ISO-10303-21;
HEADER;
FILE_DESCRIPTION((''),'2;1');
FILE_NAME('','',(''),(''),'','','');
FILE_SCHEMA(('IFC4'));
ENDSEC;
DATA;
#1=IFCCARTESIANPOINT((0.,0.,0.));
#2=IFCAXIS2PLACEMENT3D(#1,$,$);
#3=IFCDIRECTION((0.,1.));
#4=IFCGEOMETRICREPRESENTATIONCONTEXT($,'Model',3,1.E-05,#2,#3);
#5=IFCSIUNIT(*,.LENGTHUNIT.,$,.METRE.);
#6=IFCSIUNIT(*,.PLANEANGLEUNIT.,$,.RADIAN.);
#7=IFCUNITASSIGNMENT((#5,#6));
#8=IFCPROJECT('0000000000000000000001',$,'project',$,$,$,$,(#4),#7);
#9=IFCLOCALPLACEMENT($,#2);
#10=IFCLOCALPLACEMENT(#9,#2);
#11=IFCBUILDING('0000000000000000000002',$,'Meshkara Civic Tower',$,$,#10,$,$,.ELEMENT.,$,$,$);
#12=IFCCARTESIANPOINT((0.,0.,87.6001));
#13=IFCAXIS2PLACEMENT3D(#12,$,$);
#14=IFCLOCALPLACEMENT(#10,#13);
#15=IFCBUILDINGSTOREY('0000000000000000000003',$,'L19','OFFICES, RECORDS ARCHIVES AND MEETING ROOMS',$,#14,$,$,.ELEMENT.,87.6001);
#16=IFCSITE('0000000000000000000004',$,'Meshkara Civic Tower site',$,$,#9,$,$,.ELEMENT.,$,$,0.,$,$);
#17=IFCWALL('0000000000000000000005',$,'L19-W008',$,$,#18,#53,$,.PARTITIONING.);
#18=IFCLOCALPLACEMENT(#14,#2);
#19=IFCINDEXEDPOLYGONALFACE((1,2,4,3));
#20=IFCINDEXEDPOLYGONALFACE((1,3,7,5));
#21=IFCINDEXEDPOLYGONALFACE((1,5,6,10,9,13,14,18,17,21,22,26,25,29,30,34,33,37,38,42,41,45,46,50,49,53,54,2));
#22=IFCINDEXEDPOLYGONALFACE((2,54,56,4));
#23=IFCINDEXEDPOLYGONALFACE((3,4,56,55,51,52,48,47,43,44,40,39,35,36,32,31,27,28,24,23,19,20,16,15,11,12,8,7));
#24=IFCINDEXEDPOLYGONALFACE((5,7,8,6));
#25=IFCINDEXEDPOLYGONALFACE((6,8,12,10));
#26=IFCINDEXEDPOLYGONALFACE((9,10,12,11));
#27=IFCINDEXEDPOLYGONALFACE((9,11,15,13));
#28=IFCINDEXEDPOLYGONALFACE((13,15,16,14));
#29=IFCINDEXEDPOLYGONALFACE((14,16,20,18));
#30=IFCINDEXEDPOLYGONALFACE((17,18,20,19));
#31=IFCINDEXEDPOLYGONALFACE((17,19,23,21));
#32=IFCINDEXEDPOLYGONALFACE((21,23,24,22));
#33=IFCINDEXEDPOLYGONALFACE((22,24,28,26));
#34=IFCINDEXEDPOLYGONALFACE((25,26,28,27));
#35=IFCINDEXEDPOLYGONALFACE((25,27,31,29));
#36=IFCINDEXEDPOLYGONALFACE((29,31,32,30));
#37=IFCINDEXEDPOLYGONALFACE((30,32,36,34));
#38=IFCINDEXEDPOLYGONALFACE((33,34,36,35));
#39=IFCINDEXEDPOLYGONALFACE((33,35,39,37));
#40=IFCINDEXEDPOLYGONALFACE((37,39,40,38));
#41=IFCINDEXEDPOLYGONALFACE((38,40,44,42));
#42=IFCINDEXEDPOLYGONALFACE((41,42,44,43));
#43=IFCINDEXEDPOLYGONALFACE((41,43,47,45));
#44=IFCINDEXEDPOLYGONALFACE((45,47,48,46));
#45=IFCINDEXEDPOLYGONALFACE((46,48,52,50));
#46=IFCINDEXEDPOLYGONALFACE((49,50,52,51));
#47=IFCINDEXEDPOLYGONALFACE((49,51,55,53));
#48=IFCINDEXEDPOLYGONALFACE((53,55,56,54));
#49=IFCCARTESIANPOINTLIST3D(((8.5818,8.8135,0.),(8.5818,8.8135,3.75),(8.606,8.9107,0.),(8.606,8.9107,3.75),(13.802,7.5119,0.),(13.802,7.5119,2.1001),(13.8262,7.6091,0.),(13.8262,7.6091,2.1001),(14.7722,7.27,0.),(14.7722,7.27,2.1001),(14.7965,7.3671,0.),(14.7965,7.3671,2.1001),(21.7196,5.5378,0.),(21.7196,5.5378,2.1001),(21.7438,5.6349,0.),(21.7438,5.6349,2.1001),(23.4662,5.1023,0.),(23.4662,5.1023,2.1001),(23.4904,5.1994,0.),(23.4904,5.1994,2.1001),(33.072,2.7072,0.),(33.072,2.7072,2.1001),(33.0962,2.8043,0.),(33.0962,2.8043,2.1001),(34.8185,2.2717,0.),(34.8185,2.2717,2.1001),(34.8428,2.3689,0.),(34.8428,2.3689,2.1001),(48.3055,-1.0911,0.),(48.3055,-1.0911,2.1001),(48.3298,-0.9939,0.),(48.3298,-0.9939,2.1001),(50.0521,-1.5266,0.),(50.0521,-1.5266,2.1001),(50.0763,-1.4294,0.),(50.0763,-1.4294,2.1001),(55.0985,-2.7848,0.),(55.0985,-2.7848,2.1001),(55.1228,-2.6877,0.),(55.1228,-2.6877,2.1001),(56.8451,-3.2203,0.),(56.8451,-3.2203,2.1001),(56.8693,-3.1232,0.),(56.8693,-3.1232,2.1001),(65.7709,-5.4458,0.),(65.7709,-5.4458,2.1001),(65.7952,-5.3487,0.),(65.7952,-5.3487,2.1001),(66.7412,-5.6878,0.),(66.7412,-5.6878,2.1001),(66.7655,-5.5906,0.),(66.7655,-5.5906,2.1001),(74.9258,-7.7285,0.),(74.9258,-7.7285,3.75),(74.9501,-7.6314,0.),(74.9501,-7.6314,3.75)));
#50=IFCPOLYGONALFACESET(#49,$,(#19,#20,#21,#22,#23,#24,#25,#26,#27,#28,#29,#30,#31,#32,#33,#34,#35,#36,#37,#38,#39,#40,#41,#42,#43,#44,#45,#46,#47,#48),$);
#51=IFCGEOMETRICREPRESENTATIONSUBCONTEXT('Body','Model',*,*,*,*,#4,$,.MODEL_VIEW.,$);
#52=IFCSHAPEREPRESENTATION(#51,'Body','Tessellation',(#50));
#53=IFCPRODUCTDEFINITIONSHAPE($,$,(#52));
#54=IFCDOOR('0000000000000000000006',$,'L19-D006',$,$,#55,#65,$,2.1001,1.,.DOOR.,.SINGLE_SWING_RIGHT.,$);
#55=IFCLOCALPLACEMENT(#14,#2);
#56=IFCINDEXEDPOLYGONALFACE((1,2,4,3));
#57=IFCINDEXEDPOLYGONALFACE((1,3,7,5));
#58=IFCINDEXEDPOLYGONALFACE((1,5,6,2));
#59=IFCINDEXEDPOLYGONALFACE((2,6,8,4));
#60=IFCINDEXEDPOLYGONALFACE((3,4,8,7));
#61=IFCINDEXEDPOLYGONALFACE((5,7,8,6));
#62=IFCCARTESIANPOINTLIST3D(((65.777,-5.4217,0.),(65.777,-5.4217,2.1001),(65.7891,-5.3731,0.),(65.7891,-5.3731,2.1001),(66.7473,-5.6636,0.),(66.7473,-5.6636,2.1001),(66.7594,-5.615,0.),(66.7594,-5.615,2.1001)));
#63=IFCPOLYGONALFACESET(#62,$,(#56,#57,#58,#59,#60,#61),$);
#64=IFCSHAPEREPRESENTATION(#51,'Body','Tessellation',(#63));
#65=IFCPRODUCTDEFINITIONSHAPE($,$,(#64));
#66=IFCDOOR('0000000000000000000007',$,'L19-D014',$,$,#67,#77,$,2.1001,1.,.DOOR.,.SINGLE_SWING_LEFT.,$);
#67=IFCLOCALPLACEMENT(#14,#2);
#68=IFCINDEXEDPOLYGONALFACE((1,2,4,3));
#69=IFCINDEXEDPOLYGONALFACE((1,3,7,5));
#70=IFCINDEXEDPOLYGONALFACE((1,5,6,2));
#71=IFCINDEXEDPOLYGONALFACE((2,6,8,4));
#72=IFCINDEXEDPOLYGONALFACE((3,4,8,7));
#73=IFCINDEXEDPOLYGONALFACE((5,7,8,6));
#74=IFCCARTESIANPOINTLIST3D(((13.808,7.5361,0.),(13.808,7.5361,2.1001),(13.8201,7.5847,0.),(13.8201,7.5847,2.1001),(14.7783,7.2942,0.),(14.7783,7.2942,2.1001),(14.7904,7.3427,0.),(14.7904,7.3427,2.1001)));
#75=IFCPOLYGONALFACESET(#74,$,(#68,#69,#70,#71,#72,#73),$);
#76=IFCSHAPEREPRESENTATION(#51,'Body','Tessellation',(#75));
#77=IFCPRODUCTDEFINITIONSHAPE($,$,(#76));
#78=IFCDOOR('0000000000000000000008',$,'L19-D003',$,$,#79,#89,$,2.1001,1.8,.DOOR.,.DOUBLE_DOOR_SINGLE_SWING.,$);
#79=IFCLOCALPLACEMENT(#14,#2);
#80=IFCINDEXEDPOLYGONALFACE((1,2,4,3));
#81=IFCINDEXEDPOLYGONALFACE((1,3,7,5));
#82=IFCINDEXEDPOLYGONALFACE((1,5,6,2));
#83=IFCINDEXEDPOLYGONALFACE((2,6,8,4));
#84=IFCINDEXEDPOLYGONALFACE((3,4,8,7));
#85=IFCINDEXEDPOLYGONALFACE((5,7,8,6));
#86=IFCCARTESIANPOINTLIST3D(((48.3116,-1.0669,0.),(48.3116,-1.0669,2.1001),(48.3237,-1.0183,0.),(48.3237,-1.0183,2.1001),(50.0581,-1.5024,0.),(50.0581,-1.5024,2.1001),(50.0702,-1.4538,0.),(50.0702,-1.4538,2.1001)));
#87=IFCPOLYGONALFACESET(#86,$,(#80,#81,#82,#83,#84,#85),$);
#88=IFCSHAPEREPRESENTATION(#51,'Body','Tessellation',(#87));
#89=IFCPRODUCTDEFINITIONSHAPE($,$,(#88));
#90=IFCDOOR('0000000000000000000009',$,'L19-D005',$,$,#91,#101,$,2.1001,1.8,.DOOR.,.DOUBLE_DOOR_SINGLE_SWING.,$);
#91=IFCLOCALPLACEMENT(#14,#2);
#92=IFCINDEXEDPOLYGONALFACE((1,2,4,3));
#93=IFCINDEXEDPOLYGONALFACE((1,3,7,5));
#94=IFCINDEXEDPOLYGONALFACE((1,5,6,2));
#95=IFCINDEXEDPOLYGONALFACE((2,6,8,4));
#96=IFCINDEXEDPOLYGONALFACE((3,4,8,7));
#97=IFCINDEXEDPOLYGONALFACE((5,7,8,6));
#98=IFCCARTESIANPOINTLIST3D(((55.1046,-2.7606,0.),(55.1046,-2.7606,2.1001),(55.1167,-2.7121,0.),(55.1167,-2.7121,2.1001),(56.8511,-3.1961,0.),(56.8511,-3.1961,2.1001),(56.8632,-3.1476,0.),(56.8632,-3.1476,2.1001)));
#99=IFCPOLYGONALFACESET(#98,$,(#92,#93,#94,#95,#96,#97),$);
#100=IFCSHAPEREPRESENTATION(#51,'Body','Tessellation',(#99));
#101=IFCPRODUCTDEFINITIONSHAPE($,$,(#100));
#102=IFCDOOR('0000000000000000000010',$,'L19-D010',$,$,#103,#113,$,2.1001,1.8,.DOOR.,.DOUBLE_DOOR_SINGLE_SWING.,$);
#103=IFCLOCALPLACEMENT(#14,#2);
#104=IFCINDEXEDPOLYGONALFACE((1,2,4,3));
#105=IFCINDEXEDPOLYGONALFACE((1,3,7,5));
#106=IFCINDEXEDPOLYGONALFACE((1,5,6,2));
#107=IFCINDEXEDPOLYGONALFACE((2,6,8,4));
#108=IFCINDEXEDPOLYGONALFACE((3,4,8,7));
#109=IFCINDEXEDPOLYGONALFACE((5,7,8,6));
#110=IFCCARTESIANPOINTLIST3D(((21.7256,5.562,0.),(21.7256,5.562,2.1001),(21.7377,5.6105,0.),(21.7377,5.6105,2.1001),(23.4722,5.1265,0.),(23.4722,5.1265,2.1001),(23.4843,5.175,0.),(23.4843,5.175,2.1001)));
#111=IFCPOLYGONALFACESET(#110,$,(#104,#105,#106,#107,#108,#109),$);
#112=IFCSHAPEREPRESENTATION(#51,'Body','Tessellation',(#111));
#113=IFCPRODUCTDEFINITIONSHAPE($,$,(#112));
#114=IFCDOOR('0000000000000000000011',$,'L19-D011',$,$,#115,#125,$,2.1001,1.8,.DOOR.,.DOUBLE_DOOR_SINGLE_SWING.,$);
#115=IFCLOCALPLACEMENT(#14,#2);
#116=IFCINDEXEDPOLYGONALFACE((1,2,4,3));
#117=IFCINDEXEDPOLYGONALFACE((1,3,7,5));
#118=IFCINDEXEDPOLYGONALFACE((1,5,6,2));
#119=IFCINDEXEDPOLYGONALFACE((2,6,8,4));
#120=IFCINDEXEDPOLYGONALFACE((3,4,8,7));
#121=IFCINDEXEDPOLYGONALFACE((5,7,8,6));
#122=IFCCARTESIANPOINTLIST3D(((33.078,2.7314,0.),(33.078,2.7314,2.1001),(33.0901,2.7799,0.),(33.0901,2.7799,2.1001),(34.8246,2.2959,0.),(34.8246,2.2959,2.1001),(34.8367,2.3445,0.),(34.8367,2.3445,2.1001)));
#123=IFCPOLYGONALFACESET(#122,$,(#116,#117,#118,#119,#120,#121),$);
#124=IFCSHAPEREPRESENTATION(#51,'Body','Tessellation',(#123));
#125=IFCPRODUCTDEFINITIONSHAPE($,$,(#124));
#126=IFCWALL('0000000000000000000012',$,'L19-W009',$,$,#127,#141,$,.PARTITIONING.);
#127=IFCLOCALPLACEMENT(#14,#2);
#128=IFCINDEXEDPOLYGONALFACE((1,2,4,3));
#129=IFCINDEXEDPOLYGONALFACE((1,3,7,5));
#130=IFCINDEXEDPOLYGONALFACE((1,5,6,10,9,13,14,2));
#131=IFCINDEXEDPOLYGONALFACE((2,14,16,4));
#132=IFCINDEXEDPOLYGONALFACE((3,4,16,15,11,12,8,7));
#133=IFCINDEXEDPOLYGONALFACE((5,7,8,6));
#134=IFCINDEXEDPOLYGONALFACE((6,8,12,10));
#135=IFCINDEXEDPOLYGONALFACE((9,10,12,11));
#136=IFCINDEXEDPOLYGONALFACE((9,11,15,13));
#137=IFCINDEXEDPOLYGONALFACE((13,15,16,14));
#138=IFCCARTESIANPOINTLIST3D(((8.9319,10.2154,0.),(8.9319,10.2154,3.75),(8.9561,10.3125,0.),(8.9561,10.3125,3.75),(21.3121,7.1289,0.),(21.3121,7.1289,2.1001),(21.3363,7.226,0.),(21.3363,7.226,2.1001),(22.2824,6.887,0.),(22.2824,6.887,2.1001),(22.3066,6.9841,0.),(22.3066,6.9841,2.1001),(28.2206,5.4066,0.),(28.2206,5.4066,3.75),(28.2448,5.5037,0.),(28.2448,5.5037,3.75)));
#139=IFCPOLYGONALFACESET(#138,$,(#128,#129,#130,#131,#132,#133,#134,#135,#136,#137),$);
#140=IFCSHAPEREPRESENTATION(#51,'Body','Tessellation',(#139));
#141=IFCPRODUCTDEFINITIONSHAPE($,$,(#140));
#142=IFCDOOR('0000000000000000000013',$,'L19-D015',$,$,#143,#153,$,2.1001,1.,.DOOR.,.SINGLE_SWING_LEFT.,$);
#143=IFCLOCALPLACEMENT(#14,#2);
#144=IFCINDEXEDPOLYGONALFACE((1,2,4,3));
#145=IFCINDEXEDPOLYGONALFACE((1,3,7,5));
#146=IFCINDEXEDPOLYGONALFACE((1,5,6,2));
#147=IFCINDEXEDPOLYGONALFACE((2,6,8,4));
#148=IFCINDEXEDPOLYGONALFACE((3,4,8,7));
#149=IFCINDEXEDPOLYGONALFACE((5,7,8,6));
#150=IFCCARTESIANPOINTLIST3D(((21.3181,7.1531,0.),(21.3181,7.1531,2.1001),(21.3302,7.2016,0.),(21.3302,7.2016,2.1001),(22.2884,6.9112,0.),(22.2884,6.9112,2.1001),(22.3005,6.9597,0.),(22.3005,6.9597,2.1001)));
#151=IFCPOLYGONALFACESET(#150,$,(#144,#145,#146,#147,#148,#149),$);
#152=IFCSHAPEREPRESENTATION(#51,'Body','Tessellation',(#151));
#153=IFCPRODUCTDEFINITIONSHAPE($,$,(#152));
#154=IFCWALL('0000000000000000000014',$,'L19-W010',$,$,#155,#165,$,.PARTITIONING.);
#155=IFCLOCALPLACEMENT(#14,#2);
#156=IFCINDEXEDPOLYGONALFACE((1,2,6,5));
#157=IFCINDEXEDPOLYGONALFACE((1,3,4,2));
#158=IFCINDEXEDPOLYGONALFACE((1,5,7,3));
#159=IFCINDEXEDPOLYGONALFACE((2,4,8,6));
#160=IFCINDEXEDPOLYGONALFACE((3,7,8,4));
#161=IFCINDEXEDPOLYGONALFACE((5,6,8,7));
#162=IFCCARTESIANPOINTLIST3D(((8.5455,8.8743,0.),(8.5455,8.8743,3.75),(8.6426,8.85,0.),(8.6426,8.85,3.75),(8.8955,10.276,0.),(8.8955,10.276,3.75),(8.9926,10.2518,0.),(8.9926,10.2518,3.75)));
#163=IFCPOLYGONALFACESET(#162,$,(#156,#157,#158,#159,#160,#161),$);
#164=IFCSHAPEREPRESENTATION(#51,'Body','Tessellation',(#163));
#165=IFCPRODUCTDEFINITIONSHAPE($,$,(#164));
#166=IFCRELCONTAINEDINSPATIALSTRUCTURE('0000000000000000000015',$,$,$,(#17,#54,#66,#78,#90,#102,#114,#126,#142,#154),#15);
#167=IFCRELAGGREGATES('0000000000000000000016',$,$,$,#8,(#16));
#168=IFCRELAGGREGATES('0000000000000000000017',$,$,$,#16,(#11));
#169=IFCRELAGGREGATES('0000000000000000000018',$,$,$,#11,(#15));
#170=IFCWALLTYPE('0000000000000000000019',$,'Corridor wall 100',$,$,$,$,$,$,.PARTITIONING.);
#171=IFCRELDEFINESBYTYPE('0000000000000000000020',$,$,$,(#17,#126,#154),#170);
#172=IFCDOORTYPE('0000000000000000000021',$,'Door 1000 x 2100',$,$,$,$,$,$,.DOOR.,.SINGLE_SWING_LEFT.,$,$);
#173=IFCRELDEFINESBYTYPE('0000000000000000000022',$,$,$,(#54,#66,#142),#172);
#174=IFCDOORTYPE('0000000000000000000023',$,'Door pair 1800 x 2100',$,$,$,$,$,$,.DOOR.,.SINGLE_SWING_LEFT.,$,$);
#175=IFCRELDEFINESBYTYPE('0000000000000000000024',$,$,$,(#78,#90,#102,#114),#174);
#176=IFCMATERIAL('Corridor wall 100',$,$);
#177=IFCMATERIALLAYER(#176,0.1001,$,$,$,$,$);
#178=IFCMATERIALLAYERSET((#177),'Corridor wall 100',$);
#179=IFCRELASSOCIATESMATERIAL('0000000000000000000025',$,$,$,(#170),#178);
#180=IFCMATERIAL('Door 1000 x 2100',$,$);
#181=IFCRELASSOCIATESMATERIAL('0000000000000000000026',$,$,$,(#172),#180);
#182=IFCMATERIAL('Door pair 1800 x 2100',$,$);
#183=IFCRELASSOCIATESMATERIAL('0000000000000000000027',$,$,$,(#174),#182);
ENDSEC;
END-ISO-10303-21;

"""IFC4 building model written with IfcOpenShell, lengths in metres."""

from ifc_helpers import new_model, si_unit, direction, frame, frame_2d, origin, place, context, subcontext, project, spatial, rectangle, extrude, material, layer, layer_set, type_object, element, fill, save


model = new_model("IFC4")

# Units and contexts
model_context = context("Model", 3, precision=1e-05, world=origin(), true_north=direction((0.0, 1.0)))
body_context = subcontext(model_context, "Body", "Model", "MODEL_VIEW")
ifc_project = project(units=[si_unit("LENGTHUNIT", "METRE"), si_unit("PLANEANGLEUNIT", "RADIAN")], contexts=[model_context])

# Site, building, storey
site_placement = place(None, origin())
site = spatial("IfcSite", under=ifc_project, at=site_placement, Name="Meshkara Civic Tower site", CompositionType="ELEMENT", RefElevation=0.0)
building_placement = place(site_placement, origin())
building = spatial("IfcBuilding", under=site, at=building_placement, Name="Meshkara Civic Tower", CompositionType="ELEMENT")
storey_placement = place(building_placement, frame((0.0, 0.0, 87.6001)))
storey = spatial("IfcBuildingStorey", under=building, at=storey_placement, Name="L19", Description="OFFICES, RECORDS ARCHIVES AND MEETING ROOMS", CompositionType="ELEMENT", Elevation=87.6001)

# Shared definitions
ifc_material_1 = material(Name="Corridor wall 100")
ifc_layer_1 = layer(ifc_material_1, 0.1001)
ifc_layer_set_1 = layer_set([ifc_layer_1], Name="Corridor wall 100")
wall_type_1 = type_object("IfcWallType", Name="Corridor wall 100", PredefinedType="PARTITIONING", material=ifc_layer_set_1)
ifc_material_2 = material(Name="Door 1000 x 2100")
door_type_1 = type_object("IfcDoorType", Name="Door 1000 x 2100", OperationType="SINGLE_SWING_LEFT", PredefinedType="DOOR", material=ifc_material_2)

# Wall, openings, doors
wall_1_placement = place(storey_placement, frame((8.594, 8.8621, 0.0), z_axis=(0.0, 0.0, 1.0), x_axis=(0.970294, -0.24193, 0.0)))
wall_1 = element("IfcWall", 1, at=wall_1_placement, inside=storey, type_object=wall_type_1, Name="L19-W008", PredefinedType="PARTITIONING", context=body_context, shape_type="SweptSolid", body=[
    extrude(rectangle(XDim=68.3752, YDim=0.1001, at=frame_2d((34.1875, 0.0))), origin(), (0.0, 0.0, 1.0), 3.75),
])
opening_1_placement = place(wall_1_placement, frame((40.9399, 0.0, 0.0)))
opening_1 = element("IfcOpeningElement", 2, at=opening_1_placement, cuts=wall_1, PredefinedType="OPENING", context=body_context, shape_type="SweptSolid", body=[
    extrude(rectangle(XDim=1.8, YDim=2.1001, at=frame_2d((0.8999, 1.05))), frame((0.0, 0.0601, 0.0), z_axis=(0.0, -1.0, 0.0), x_axis=(1.0, 0.0, 0.0)), (0.0, 0.0, 1.0), 0.1201),
])
opening_2_placement = place(wall_1_placement, frame((47.9409, 0.0, 0.0)))
opening_2 = element("IfcOpeningElement", 3, at=opening_2_placement, cuts=wall_1, PredefinedType="OPENING", context=body_context, shape_type="SweptSolid", body=[
    extrude(rectangle(XDim=1.8, YDim=2.1001, at=frame_2d((0.8999, 1.05))), frame((0.0, 0.0601, 0.0), z_axis=(0.0, -1.0, 0.0), x_axis=(1.0, 0.0, 0.0)), (0.0, 0.0, 1.0), 0.1201),
])
opening_3_placement = place(wall_1_placement, frame((58.9399, 0.0, 0.0)))
opening_3 = element("IfcOpeningElement", 4, at=opening_3_placement, cuts=wall_1, PredefinedType="OPENING", context=body_context, shape_type="SweptSolid", body=[
    extrude(rectangle(XDim=1.0, YDim=2.1001, at=frame_2d((0.5, 1.05))), frame((0.0, 0.0601, 0.0), z_axis=(0.0, -1.0, 0.0), x_axis=(1.0, 0.0, 0.0)), (0.0, 0.0, 1.0), 0.1201),
])
opening_4_placement = place(wall_1_placement, frame((13.54, 0.0, 0.0)))
opening_4 = element("IfcOpeningElement", 5, at=opening_4_placement, cuts=wall_1, PredefinedType="OPENING", context=body_context, shape_type="SweptSolid", body=[
    extrude(rectangle(XDim=1.8, YDim=2.1001, at=frame_2d((0.8999, 1.05))), frame((0.0, 0.0601, 0.0), z_axis=(0.0, -1.0, 0.0), x_axis=(1.0, 0.0, 0.0)), (0.0, 0.0, 1.0), 0.1201),
])
opening_5_placement = place(wall_1_placement, frame((25.24, 0.0, 0.0)))
opening_5 = element("IfcOpeningElement", 6, at=opening_5_placement, cuts=wall_1, PredefinedType="OPENING", context=body_context, shape_type="SweptSolid", body=[
    extrude(rectangle(XDim=1.8, YDim=2.1001, at=frame_2d((0.8999, 1.05))), frame((0.0, 0.0601, 0.0), z_axis=(0.0, -1.0, 0.0), x_axis=(1.0, 0.0, 0.0)), (0.0, 0.0, 1.0), 0.1201),
])
opening_6_placement = place(wall_1_placement, frame((5.3799, 0.0, 0.0)))
opening_6 = element("IfcOpeningElement", 7, at=opening_6_placement, cuts=wall_1, PredefinedType="OPENING", context=body_context, shape_type="SweptSolid", body=[
    extrude(rectangle(XDim=1.0, YDim=2.1001, at=frame_2d((0.5, 1.05))), frame((0.0, 0.0601, 0.0), z_axis=(0.0, -1.0, 0.0), x_axis=(1.0, 0.0, 0.0)), (0.0, 0.0, 1.0), 0.1201),
])
door_1_placement = place(opening_3_placement, origin())
door_1 = element("IfcDoor", 8, at=door_1_placement, inside=storey, type_object=door_type_1, Name="L19-D006", OperationType="SINGLE_SWING_RIGHT", OverallHeight=2.1001, OverallWidth=1.0, PredefinedType="DOOR", context=body_context, shape_type="SweptSolid", body=[
    extrude(rectangle(XDim=1.0, YDim=2.1001, at=frame_2d((0.5, 1.05))), frame((0.0, 0.0249, 0.0), z_axis=(0.0, -1.0, 0.0), x_axis=(1.0, 0.0, 0.0)), (0.0, 0.0, 1.0), 0.05),
])
fill(opening_3, door_1)
door_2_placement = place(opening_6_placement, origin())
door_2 = element("IfcDoor", 9, at=door_2_placement, inside=storey, type_object=door_type_1, Name="L19-D014", OperationType="SINGLE_SWING_LEFT", OverallHeight=2.1001, OverallWidth=1.0, PredefinedType="DOOR", context=body_context, shape_type="SweptSolid", body=[
    extrude(rectangle(XDim=1.0, YDim=2.1001, at=frame_2d((0.5, 1.05))), frame((0.0, 0.0249, 0.0), z_axis=(0.0, -1.0, 0.0), x_axis=(1.0, 0.0, 0.0)), (0.0, 0.0, 1.0), 0.05),
])
fill(opening_6, door_2)
ifc_material_3 = material(Name="Door pair 1800 x 2100")
door_type_2 = type_object("IfcDoorType", Name="Door pair 1800 x 2100", OperationType="SINGLE_SWING_LEFT", PredefinedType="DOOR", material=ifc_material_3)
door_3_placement = place(opening_1_placement, origin())
door_3 = element("IfcDoor", 10, at=door_3_placement, inside=storey, type_object=door_type_2, Name="L19-D003", OperationType="DOUBLE_DOOR_SINGLE_SWING", OverallHeight=2.1001, OverallWidth=1.8, PredefinedType="DOOR", context=body_context, shape_type="SweptSolid", body=[
    extrude(rectangle(XDim=1.8, YDim=2.1001, at=frame_2d((0.8999, 1.05))), frame((0.0, 0.0249, 0.0), z_axis=(0.0, -1.0, 0.0), x_axis=(1.0, 0.0, 0.0)), (0.0, 0.0, 1.0), 0.05),
])
fill(opening_1, door_3)
door_4_placement = place(opening_2_placement, origin())
door_4 = element("IfcDoor", 11, at=door_4_placement, inside=storey, type_object=door_type_2, Name="L19-D005", OperationType="DOUBLE_DOOR_SINGLE_SWING", OverallHeight=2.1001, OverallWidth=1.8, PredefinedType="DOOR", context=body_context, shape_type="SweptSolid", body=[
    extrude(rectangle(XDim=1.8, YDim=2.1001, at=frame_2d((0.8999, 1.05))), frame((0.0, 0.0249, 0.0), z_axis=(0.0, -1.0, 0.0), x_axis=(1.0, 0.0, 0.0)), (0.0, 0.0, 1.0), 0.05),
])
fill(opening_2, door_4)
door_5_placement = place(opening_4_placement, origin())
door_5 = element("IfcDoor", 12, at=door_5_placement, inside=storey, type_object=door_type_2, Name="L19-D010", OperationType="DOUBLE_DOOR_SINGLE_SWING", OverallHeight=2.1001, OverallWidth=1.8, PredefinedType="DOOR", context=body_context, shape_type="SweptSolid", body=[
    extrude(rectangle(XDim=1.8, YDim=2.1001, at=frame_2d((0.8999, 1.05))), frame((0.0, 0.0249, 0.0), z_axis=(0.0, -1.0, 0.0), x_axis=(1.0, 0.0, 0.0)), (0.0, 0.0, 1.0), 0.05),
])
fill(opening_4, door_5)
door_6_placement = place(opening_5_placement, origin())
door_6 = element("IfcDoor", 13, at=door_6_placement, inside=storey, type_object=door_type_2, Name="L19-D011", OperationType="DOUBLE_DOOR_SINGLE_SWING", OverallHeight=2.1001, OverallWidth=1.8, PredefinedType="DOOR", context=body_context, shape_type="SweptSolid", body=[
    extrude(rectangle(XDim=1.8, YDim=2.1001, at=frame_2d((0.8999, 1.05))), frame((0.0, 0.0249, 0.0), z_axis=(0.0, -1.0, 0.0), x_axis=(1.0, 0.0, 0.0)), (0.0, 0.0, 1.0), 0.05),
])
fill(opening_5, door_6)

# Wall, opening, door
wall_2_placement = place(storey_placement, frame((8.9441, 10.2639, 0.0), z_axis=(0.0, 0.0, 1.0), x_axis=(0.970301, -0.241903, 0.0)))
wall_2 = element("IfcWall", 14, at=wall_2_placement, inside=storey, type_object=wall_type_1, Name="L19-W009", PredefinedType="PARTITIONING", context=body_context, shape_type="SweptSolid", body=[
    extrude(rectangle(XDim=19.8792, YDim=0.1001, at=frame_2d((9.9395, 0.0))), origin(), (0.0, 0.0, 1.0), 3.75),
])
opening_7_placement = place(wall_2_placement, frame((12.759, 0.0, 0.0)))
opening_7 = element("IfcOpeningElement", 15, at=opening_7_placement, cuts=wall_2, PredefinedType="OPENING", context=body_context, shape_type="SweptSolid", body=[
    extrude(rectangle(XDim=1.0, YDim=2.1001, at=frame_2d((0.5, 1.05))), frame((0.0, 0.0601, 0.0), z_axis=(0.0, -1.0, 0.0), x_axis=(1.0, 0.0, 0.0)), (0.0, 0.0, 1.0), 0.1201),
])
door_7_placement = place(opening_7_placement, origin())
door_7 = element("IfcDoor", 16, at=door_7_placement, inside=storey, type_object=door_type_1, Name="L19-D015", OperationType="SINGLE_SWING_LEFT", OverallHeight=2.1001, OverallWidth=1.0, PredefinedType="DOOR", context=body_context, shape_type="SweptSolid", body=[
    extrude(rectangle(XDim=1.0, YDim=2.1001, at=frame_2d((0.5, 1.05))), frame((0.0, 0.0249, 0.0), z_axis=(0.0, -1.0, 0.0), x_axis=(1.0, 0.0, 0.0)), (0.0, 0.0, 1.0), 0.05),
])
fill(opening_7, door_7)

# Wall
wall_3_placement = place(storey_placement, frame((8.9441, 10.2639, 0.0), z_axis=(0.0, 0.0, 1.0), x_axis=(-0.242297, -0.970202, 0.0)))
element("IfcWall", 17, at=wall_3_placement, inside=storey, type_object=wall_type_1, Name="L19-W010", PredefinedType="PARTITIONING", context=body_context, shape_type="SweptSolid", body=[
    extrude(rectangle(XDim=1.4448, YDim=0.1001, at=frame_2d((0.7224, 0.0))), origin(), (0.0, 0.0, 1.0), 3.75),
])

save(model, "model.ifc")
